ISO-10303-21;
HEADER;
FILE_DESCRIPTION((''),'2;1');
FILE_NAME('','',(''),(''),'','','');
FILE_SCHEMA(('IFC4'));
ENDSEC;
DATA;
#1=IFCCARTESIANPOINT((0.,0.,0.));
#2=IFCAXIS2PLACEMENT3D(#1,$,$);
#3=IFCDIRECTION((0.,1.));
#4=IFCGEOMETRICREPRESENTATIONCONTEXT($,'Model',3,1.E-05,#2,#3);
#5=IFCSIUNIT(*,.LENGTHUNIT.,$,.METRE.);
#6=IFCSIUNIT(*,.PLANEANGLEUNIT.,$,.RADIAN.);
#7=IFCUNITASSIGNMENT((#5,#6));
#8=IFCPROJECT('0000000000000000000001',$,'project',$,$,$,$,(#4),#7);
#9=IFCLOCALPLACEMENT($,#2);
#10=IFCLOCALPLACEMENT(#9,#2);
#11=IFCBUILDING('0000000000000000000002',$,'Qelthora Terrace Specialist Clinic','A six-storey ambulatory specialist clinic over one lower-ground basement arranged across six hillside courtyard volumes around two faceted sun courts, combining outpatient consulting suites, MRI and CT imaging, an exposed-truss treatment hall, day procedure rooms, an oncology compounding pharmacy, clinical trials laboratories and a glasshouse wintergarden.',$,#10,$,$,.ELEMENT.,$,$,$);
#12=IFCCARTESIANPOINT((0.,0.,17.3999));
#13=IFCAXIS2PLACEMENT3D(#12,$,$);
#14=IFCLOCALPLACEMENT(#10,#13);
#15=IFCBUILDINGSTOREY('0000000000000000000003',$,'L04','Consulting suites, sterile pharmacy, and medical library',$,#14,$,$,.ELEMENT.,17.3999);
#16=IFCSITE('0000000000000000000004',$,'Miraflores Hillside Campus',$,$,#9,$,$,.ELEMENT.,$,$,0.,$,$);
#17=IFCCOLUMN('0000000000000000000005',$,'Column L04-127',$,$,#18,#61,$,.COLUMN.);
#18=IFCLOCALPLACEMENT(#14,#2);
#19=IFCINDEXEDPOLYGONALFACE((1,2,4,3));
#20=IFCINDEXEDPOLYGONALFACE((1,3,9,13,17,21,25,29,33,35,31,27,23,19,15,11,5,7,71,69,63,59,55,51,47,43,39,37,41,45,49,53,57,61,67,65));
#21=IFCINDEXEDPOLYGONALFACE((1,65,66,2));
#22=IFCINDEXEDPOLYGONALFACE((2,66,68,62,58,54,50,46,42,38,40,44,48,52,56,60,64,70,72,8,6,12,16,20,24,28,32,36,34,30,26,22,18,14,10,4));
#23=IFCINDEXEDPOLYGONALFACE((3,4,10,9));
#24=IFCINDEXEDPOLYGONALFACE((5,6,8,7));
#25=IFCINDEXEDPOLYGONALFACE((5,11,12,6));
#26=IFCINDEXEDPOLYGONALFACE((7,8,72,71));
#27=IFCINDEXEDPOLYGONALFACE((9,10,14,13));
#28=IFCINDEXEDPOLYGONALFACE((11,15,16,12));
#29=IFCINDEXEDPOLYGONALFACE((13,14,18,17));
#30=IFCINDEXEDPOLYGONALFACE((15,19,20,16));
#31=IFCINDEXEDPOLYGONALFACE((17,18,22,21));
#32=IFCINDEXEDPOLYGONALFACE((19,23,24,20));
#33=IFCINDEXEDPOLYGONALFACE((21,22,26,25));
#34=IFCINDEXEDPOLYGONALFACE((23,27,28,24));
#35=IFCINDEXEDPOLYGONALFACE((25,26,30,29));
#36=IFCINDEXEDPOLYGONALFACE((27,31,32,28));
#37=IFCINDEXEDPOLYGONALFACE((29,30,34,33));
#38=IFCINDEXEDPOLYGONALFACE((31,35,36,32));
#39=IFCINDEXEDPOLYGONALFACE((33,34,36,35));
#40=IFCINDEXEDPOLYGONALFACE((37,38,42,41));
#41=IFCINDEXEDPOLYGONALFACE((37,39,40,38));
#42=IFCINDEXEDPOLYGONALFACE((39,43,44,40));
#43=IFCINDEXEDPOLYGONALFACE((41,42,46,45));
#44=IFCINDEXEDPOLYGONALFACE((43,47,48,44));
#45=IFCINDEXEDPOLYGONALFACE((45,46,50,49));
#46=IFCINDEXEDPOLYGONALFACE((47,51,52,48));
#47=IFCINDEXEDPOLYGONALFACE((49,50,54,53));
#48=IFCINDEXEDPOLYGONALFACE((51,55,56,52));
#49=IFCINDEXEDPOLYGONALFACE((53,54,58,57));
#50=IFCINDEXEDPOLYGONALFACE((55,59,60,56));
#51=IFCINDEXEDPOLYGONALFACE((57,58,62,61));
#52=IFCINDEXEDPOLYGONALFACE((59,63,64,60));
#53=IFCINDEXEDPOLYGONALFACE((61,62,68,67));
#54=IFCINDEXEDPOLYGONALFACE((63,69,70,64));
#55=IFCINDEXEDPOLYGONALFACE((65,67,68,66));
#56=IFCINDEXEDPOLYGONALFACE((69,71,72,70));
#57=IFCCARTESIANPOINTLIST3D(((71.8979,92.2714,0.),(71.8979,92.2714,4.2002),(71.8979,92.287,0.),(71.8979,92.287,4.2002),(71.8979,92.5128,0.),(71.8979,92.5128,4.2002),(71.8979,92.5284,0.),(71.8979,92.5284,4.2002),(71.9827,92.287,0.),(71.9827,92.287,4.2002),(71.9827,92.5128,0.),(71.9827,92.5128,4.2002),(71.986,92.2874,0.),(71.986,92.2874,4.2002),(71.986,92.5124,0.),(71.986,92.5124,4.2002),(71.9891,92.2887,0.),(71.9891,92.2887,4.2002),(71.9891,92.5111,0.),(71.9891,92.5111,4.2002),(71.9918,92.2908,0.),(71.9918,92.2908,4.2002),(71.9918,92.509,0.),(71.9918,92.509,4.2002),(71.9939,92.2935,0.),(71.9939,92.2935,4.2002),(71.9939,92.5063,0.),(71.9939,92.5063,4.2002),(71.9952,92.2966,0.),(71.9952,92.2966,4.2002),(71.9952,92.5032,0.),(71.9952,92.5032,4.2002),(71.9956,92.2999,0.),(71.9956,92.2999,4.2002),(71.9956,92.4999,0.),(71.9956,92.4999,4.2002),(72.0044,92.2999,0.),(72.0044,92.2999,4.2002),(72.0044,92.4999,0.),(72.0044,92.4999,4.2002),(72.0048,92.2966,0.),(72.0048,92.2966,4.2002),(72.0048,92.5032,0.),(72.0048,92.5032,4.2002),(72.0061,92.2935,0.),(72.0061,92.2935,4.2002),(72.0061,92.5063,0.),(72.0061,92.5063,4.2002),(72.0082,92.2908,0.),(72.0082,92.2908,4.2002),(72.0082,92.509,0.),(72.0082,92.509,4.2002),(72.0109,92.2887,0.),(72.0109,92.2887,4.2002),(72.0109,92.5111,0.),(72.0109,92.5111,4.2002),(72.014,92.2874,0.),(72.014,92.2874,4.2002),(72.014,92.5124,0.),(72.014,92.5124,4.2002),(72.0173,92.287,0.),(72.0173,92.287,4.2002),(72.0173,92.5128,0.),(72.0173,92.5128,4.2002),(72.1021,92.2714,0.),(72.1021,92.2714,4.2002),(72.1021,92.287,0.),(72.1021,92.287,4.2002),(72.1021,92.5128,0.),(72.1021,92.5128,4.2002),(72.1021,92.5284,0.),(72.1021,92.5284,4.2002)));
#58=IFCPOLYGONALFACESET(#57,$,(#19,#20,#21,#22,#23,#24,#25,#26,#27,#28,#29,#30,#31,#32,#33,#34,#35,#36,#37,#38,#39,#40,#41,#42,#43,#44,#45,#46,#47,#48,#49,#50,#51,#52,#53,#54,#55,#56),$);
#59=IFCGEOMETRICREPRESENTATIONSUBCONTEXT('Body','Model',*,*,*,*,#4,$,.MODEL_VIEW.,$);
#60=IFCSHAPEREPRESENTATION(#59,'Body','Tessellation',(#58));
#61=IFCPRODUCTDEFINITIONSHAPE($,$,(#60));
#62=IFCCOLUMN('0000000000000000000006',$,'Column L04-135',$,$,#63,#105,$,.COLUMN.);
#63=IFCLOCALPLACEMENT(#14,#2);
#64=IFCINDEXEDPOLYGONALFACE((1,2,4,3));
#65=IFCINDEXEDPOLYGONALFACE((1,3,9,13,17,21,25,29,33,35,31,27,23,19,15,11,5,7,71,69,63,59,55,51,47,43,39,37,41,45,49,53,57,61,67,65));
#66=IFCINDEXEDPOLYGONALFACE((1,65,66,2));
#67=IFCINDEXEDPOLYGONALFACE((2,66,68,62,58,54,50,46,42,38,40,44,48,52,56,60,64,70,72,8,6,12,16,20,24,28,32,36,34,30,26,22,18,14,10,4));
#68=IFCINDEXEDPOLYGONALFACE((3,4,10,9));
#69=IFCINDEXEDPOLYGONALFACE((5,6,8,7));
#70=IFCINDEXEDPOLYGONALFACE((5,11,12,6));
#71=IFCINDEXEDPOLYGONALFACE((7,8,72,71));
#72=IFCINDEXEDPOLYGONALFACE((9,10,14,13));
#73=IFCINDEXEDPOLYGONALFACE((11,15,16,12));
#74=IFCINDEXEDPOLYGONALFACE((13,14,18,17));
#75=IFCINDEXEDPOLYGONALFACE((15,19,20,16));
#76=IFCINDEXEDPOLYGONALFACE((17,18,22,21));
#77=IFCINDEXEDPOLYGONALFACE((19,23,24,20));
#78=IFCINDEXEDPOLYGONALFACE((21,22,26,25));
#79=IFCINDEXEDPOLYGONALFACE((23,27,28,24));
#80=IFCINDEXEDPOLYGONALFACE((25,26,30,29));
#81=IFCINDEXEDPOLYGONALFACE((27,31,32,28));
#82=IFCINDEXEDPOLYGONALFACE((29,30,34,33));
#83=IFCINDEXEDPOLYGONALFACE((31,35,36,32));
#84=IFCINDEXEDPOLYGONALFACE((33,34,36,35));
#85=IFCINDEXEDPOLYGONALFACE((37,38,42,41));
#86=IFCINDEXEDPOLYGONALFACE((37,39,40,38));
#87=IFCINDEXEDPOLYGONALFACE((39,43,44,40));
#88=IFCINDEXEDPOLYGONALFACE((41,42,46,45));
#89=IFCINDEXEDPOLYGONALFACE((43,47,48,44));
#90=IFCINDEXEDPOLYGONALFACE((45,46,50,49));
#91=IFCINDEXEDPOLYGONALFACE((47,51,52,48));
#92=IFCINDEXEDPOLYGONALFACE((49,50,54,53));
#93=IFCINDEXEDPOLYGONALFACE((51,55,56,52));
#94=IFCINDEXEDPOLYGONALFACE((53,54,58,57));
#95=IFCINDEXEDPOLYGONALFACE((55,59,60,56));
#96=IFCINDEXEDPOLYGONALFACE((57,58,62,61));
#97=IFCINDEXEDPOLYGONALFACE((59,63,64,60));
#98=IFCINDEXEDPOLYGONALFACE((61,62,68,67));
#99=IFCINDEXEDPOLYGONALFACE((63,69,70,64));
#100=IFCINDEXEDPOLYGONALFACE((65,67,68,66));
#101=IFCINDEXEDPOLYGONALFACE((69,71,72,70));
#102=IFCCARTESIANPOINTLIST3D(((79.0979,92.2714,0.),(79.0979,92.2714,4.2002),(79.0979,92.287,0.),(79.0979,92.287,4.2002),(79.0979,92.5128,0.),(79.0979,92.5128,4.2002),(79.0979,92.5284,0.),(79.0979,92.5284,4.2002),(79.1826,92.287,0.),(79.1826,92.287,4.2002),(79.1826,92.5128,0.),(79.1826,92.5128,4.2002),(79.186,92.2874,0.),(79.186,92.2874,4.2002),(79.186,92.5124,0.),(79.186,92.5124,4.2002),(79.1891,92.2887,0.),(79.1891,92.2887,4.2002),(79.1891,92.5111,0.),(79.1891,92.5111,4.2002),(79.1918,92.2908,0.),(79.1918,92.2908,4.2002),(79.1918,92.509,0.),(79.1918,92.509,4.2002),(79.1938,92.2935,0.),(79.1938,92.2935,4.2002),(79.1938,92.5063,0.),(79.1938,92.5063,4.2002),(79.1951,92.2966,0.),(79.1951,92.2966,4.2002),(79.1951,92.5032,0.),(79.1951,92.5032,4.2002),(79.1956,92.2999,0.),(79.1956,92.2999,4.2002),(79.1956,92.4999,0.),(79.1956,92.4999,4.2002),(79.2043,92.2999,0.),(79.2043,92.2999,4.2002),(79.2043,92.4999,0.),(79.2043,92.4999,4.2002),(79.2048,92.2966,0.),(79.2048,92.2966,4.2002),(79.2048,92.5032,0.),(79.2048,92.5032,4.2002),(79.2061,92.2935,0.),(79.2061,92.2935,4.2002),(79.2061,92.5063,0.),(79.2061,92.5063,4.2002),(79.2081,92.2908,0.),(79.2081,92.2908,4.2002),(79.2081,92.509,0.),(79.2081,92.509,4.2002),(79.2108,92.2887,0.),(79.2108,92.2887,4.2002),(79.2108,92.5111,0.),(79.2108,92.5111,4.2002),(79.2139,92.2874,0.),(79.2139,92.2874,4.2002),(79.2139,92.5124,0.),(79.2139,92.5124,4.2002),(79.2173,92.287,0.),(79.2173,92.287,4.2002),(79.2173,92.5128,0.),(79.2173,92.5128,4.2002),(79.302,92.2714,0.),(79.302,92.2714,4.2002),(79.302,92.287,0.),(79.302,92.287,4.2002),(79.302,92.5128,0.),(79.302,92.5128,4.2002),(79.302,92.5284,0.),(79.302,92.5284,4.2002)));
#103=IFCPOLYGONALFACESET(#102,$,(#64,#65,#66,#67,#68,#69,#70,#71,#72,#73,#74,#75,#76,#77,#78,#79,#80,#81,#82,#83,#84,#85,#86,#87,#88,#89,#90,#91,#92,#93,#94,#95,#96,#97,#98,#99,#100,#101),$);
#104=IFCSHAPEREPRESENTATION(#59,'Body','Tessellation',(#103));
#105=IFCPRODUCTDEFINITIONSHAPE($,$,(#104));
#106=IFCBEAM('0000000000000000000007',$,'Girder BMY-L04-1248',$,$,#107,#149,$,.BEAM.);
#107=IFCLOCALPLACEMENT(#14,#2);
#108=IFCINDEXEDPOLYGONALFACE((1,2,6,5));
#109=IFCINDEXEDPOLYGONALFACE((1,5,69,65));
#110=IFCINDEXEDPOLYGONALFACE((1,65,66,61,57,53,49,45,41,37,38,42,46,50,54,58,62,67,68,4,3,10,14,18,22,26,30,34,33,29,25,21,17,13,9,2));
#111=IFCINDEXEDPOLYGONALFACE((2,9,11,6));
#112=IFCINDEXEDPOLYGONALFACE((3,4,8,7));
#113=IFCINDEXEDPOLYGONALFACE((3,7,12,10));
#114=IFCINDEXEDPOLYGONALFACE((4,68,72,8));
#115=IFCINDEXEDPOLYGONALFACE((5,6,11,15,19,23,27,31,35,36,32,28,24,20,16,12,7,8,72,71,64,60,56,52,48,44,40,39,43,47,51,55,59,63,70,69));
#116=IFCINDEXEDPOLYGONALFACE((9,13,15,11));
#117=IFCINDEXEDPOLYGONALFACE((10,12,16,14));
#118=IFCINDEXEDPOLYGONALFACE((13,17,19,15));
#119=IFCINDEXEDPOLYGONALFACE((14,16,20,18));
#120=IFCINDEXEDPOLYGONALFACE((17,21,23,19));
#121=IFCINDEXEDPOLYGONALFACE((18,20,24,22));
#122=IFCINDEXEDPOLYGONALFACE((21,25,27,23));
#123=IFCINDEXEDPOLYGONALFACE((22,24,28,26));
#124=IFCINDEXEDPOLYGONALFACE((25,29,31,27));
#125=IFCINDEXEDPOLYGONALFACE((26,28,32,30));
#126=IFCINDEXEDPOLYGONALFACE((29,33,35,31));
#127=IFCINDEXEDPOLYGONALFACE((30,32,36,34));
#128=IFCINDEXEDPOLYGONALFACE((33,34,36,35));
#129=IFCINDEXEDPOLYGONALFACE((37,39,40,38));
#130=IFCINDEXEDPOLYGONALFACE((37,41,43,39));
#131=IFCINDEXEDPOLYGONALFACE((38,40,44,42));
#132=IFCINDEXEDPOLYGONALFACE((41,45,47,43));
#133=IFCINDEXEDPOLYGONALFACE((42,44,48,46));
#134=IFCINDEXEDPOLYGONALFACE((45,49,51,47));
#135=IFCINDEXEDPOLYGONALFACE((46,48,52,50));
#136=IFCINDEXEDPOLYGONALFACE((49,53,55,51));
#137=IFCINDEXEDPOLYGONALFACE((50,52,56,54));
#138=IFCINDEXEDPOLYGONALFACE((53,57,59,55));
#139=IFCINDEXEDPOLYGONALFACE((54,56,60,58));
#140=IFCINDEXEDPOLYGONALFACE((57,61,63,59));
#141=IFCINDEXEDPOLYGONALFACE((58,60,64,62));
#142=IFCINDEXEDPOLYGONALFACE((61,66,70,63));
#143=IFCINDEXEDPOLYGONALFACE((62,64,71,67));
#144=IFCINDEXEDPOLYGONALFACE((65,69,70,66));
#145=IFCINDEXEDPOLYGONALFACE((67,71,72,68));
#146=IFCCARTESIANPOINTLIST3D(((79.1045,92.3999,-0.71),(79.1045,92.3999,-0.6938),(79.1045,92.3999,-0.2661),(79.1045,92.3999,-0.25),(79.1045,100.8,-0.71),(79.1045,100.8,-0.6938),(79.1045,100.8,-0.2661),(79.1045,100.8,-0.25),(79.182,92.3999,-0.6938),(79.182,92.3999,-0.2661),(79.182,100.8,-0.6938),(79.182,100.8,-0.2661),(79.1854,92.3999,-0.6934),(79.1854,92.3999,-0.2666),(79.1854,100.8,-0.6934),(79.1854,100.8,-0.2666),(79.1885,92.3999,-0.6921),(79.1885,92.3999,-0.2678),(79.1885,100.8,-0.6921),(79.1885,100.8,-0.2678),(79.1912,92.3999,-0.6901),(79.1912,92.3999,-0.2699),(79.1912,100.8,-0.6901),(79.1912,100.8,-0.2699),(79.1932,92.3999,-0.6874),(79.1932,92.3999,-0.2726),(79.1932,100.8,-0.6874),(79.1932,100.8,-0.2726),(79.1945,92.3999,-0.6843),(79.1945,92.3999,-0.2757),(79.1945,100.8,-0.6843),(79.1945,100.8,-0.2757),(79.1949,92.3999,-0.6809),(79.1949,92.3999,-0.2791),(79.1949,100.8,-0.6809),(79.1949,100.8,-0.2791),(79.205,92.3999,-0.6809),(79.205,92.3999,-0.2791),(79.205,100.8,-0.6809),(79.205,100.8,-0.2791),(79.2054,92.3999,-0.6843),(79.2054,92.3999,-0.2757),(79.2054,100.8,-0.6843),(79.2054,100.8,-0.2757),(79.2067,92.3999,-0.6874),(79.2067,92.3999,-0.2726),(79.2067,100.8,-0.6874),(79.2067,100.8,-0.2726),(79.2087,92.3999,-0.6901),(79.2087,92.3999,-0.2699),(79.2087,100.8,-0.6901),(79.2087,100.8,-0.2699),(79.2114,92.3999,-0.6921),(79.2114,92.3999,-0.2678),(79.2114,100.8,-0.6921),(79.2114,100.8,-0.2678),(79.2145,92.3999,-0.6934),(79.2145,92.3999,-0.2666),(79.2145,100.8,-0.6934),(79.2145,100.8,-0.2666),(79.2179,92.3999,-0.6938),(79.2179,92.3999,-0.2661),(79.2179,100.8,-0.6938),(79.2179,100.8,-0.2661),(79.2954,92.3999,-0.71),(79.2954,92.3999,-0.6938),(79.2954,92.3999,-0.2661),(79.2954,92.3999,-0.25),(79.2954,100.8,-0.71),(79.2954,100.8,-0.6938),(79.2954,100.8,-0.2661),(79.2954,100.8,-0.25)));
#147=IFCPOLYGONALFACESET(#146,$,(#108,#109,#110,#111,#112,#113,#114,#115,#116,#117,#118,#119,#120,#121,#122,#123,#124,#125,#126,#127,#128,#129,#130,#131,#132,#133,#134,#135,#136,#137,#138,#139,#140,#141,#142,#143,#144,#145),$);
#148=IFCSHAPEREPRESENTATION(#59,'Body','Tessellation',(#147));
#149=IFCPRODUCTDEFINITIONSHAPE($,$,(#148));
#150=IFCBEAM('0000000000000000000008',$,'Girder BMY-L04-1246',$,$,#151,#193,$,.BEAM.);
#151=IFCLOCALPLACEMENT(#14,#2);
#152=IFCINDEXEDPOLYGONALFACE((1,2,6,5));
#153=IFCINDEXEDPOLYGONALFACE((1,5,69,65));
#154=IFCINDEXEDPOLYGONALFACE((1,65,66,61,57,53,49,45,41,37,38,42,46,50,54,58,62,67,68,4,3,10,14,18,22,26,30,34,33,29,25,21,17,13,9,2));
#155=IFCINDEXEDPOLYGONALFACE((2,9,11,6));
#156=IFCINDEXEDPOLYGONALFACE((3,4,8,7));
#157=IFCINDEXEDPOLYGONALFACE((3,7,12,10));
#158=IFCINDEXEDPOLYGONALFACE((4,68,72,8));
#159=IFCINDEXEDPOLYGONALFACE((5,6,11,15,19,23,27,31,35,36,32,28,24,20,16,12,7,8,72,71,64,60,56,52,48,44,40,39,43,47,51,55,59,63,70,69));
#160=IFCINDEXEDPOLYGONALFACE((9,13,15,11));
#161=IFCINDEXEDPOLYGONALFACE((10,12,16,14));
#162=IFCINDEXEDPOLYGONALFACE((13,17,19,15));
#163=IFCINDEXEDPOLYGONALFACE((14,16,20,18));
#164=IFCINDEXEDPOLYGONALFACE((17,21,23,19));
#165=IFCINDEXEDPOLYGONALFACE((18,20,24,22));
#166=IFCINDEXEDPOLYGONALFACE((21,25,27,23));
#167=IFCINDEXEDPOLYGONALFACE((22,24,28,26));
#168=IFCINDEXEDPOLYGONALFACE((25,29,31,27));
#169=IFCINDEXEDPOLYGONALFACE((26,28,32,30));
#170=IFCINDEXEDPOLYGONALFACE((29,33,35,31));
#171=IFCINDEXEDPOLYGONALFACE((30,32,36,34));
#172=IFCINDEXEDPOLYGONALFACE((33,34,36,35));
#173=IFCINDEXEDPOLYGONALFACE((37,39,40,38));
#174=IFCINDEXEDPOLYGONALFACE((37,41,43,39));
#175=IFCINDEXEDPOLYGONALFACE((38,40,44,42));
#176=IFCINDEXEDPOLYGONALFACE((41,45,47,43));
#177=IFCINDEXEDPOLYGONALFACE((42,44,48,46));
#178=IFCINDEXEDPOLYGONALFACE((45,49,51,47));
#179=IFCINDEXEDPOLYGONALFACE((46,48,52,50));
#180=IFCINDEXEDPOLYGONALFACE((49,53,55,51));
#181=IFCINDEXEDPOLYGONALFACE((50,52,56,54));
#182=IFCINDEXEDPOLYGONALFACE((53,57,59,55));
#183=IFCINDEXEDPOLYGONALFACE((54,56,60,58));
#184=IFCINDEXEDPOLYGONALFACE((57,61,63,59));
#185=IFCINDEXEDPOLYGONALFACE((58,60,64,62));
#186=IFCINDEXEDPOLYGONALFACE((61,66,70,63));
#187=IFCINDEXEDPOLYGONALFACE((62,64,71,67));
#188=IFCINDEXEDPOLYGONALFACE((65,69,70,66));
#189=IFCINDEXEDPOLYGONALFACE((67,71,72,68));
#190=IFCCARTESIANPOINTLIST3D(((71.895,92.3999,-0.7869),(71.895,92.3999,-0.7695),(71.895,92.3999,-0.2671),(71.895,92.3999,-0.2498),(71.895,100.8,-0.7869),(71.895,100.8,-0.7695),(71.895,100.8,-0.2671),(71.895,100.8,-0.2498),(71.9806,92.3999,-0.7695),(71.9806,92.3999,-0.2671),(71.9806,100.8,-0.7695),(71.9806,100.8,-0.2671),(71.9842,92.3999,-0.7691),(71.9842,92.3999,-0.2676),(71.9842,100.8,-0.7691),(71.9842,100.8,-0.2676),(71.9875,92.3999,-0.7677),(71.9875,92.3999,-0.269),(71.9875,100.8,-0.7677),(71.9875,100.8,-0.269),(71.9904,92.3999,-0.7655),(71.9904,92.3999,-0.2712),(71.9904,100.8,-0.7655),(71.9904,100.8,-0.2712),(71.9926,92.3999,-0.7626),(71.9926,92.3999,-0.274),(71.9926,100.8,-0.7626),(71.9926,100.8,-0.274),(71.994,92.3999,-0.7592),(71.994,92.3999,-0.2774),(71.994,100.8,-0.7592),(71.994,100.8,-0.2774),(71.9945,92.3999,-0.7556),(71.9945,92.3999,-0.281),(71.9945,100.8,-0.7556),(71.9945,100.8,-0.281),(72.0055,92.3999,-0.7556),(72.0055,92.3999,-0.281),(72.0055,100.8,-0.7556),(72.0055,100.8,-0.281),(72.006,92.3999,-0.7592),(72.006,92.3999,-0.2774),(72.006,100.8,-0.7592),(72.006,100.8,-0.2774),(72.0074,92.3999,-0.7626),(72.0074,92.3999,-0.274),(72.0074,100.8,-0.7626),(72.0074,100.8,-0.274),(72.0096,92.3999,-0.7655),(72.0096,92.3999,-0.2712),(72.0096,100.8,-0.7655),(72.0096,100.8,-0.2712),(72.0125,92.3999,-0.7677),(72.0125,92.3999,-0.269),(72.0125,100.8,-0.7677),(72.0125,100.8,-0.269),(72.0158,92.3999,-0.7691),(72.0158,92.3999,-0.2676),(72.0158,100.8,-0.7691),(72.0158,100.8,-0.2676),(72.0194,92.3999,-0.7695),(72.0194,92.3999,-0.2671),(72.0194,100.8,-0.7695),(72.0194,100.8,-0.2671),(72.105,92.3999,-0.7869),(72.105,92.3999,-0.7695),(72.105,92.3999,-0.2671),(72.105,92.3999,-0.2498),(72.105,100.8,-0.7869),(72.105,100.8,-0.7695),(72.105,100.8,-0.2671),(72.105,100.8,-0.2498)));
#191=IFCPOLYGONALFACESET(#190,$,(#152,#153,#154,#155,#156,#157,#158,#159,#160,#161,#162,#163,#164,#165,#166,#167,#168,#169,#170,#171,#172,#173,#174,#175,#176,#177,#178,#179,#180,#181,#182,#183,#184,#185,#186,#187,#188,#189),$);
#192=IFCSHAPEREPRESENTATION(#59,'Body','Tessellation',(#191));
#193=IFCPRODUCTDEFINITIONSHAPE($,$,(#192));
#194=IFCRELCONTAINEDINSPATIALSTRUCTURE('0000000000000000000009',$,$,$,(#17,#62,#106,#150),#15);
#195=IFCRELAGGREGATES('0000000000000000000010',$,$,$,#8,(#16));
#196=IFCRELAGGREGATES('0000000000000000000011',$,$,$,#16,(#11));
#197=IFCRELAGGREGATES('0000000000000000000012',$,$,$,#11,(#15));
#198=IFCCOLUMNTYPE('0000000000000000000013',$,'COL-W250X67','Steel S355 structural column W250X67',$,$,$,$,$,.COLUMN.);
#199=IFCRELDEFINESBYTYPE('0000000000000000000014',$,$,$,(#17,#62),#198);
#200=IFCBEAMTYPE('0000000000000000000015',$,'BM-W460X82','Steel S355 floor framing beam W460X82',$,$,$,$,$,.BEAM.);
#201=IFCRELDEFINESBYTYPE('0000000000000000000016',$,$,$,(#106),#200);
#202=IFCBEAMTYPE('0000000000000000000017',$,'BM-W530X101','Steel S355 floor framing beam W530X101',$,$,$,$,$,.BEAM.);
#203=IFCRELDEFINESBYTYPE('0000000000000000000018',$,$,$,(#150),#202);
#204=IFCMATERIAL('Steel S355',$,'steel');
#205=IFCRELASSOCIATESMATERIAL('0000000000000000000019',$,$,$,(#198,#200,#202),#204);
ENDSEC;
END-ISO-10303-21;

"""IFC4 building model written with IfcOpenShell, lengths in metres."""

from ifc_helpers import new_model, si_unit, direction, frame, origin, origin_2d, place, context, subcontext, project, spatial, i_section, extrude, material, material_profile, profile_set, type_object, element, save


model = new_model("IFC4")

# Units and contexts
model_context = context("Model", 3, precision=1e-05, world=origin(), true_north=direction((0.0, 1.0)))
body_context = subcontext(model_context, "Body", "Model", "MODEL_VIEW")
ifc_project = project(units=[si_unit("LENGTHUNIT", "METRE"), si_unit("PLANEANGLEUNIT", "RADIAN")], contexts=[model_context])

# Site, building, storey
site_placement = place(None, origin())
site = spatial("IfcSite", under=ifc_project, at=site_placement, Name="Miraflores Hillside Campus", CompositionType="ELEMENT", RefElevation=0.0)
building_placement = place(site_placement, origin())
building = spatial("IfcBuilding", under=site, at=building_placement, Name="Qelthora Terrace Specialist Clinic", Description="A six-storey ambulatory specialist clinic over one lower-ground basement arranged across six hillside courtyard volumes around two faceted sun courts, combining outpatient consulting suites, MRI and CT imaging, an exposed-truss treatment hall, day procedure rooms, an oncology compounding pharmacy, clinical trials laboratories and a glasshouse wintergarden.", CompositionType="ELEMENT")
storey_placement = place(building_placement, frame((0.0, 0.0, 17.3999)))
storey = spatial("IfcBuildingStorey", under=building, at=storey_placement, Name="L04", Description="Consulting suites, sterile pharmacy, and medical library", CompositionType="ELEMENT", Elevation=17.3999)

# Columns
ifc_material_1 = material(Name="Steel S355", Category="steel")
ifc_material_profile_1 = material_profile(ifc_material_1, i_section(OverallWidth=0.2041, OverallDepth=0.2571, WebThickness=0.0088, FlangeThickness=0.0156, FilletRadius=0.0129, at=origin_2d()), Name="W250X67")
ifc_profile_set_1 = profile_set([ifc_material_profile_1], Name="Steel S355")
column_type = type_object("IfcColumnType", Name="COL-W250X67", Description="Steel S355 structural column W250X67", PredefinedType="COLUMN", material=ifc_profile_set_1)
for number, where, z_axis, x_axis, name in (
    (1, (72.0, 92.3999, 0.0), (0.0, 0.0, 1.0), (1.0, 0.0, 0.0), "Column L04-127"),
    (2, (79.2, 92.3999, 0.0), (0.0, 0.0, 1.0), (1.0, 0.0, 0.0), "Column L04-135"),
):
    element("IfcColumn", number, at=place(storey_placement, frame(where, z_axis=z_axis, x_axis=x_axis)), inside=storey, type_object=column_type, Name=name, PredefinedType="COLUMN", context=body_context, shape_type="SweptSolid", body=[
        extrude(i_section(OverallWidth=0.2041, OverallDepth=0.2571, WebThickness=0.0088, FlangeThickness=0.0156, FilletRadius=0.0129, at=origin_2d()), origin(), (0.0, 0.0, 1.0), 4.2002),
    ])

# Beams
ifc_material_profile_2 = material_profile(ifc_material_1, i_section(OverallWidth=0.1909, OverallDepth=0.46, WebThickness=0.01, FlangeThickness=0.0161, FilletRadius=0.0129, at=origin_2d()), Name="W460X82")
ifc_profile_set_2 = profile_set([ifc_material_profile_2], Name="Steel S355")
beam_type_1 = type_object("IfcBeamType", Name="BM-W460X82", Description="Steel S355 floor framing beam W460X82", PredefinedType="BEAM", material=ifc_profile_set_2)
beam_1_placement = place(storey_placement, frame((79.2, 92.3999, -0.48), z_axis=(0.0, 1.0, 0.0), x_axis=(-1.0, 0.0, 0.0)))
element("IfcBeam", 3, at=beam_1_placement, inside=storey, type_object=beam_type_1, Name="Girder BMY-L04-1248", PredefinedType="BEAM", context=body_context, shape_type="SweptSolid", body=[
    extrude(i_section(OverallWidth=0.1909, OverallDepth=0.46, WebThickness=0.01, FlangeThickness=0.0161, FilletRadius=0.0129, at=origin_2d()), origin(), (0.0, 0.0, 1.0), 8.4001),
])
ifc_material_profile_3 = material_profile(ifc_material_1, i_section(OverallWidth=0.21, OverallDepth=0.5371, WebThickness=0.011, FlangeThickness=0.0173, FilletRadius=0.0139, at=origin_2d()), Name="W530X101")
ifc_profile_set_3 = profile_set([ifc_material_profile_3], Name="Steel S355")
beam_type_2 = type_object("IfcBeamType", Name="BM-W530X101", Description="Steel S355 floor framing beam W530X101", PredefinedType="BEAM", material=ifc_profile_set_3)
beam_2_placement = place(storey_placement, frame((72.0, 92.3999, -0.5183), z_axis=(0.0, 1.0, 0.0), x_axis=(-1.0, 0.0, 0.0)))
element("IfcBeam", 4, at=beam_2_placement, inside=storey, type_object=beam_type_2, Name="Girder BMY-L04-1246", PredefinedType="BEAM", context=body_context, shape_type="SweptSolid", body=[
    extrude(i_section(OverallWidth=0.21, OverallDepth=0.5371, WebThickness=0.011, FlangeThickness=0.0173, FilletRadius=0.0139, at=origin_2d()), origin(), (0.0, 0.0, 1.0), 8.4001),
])

save(model, "model.ifc")
